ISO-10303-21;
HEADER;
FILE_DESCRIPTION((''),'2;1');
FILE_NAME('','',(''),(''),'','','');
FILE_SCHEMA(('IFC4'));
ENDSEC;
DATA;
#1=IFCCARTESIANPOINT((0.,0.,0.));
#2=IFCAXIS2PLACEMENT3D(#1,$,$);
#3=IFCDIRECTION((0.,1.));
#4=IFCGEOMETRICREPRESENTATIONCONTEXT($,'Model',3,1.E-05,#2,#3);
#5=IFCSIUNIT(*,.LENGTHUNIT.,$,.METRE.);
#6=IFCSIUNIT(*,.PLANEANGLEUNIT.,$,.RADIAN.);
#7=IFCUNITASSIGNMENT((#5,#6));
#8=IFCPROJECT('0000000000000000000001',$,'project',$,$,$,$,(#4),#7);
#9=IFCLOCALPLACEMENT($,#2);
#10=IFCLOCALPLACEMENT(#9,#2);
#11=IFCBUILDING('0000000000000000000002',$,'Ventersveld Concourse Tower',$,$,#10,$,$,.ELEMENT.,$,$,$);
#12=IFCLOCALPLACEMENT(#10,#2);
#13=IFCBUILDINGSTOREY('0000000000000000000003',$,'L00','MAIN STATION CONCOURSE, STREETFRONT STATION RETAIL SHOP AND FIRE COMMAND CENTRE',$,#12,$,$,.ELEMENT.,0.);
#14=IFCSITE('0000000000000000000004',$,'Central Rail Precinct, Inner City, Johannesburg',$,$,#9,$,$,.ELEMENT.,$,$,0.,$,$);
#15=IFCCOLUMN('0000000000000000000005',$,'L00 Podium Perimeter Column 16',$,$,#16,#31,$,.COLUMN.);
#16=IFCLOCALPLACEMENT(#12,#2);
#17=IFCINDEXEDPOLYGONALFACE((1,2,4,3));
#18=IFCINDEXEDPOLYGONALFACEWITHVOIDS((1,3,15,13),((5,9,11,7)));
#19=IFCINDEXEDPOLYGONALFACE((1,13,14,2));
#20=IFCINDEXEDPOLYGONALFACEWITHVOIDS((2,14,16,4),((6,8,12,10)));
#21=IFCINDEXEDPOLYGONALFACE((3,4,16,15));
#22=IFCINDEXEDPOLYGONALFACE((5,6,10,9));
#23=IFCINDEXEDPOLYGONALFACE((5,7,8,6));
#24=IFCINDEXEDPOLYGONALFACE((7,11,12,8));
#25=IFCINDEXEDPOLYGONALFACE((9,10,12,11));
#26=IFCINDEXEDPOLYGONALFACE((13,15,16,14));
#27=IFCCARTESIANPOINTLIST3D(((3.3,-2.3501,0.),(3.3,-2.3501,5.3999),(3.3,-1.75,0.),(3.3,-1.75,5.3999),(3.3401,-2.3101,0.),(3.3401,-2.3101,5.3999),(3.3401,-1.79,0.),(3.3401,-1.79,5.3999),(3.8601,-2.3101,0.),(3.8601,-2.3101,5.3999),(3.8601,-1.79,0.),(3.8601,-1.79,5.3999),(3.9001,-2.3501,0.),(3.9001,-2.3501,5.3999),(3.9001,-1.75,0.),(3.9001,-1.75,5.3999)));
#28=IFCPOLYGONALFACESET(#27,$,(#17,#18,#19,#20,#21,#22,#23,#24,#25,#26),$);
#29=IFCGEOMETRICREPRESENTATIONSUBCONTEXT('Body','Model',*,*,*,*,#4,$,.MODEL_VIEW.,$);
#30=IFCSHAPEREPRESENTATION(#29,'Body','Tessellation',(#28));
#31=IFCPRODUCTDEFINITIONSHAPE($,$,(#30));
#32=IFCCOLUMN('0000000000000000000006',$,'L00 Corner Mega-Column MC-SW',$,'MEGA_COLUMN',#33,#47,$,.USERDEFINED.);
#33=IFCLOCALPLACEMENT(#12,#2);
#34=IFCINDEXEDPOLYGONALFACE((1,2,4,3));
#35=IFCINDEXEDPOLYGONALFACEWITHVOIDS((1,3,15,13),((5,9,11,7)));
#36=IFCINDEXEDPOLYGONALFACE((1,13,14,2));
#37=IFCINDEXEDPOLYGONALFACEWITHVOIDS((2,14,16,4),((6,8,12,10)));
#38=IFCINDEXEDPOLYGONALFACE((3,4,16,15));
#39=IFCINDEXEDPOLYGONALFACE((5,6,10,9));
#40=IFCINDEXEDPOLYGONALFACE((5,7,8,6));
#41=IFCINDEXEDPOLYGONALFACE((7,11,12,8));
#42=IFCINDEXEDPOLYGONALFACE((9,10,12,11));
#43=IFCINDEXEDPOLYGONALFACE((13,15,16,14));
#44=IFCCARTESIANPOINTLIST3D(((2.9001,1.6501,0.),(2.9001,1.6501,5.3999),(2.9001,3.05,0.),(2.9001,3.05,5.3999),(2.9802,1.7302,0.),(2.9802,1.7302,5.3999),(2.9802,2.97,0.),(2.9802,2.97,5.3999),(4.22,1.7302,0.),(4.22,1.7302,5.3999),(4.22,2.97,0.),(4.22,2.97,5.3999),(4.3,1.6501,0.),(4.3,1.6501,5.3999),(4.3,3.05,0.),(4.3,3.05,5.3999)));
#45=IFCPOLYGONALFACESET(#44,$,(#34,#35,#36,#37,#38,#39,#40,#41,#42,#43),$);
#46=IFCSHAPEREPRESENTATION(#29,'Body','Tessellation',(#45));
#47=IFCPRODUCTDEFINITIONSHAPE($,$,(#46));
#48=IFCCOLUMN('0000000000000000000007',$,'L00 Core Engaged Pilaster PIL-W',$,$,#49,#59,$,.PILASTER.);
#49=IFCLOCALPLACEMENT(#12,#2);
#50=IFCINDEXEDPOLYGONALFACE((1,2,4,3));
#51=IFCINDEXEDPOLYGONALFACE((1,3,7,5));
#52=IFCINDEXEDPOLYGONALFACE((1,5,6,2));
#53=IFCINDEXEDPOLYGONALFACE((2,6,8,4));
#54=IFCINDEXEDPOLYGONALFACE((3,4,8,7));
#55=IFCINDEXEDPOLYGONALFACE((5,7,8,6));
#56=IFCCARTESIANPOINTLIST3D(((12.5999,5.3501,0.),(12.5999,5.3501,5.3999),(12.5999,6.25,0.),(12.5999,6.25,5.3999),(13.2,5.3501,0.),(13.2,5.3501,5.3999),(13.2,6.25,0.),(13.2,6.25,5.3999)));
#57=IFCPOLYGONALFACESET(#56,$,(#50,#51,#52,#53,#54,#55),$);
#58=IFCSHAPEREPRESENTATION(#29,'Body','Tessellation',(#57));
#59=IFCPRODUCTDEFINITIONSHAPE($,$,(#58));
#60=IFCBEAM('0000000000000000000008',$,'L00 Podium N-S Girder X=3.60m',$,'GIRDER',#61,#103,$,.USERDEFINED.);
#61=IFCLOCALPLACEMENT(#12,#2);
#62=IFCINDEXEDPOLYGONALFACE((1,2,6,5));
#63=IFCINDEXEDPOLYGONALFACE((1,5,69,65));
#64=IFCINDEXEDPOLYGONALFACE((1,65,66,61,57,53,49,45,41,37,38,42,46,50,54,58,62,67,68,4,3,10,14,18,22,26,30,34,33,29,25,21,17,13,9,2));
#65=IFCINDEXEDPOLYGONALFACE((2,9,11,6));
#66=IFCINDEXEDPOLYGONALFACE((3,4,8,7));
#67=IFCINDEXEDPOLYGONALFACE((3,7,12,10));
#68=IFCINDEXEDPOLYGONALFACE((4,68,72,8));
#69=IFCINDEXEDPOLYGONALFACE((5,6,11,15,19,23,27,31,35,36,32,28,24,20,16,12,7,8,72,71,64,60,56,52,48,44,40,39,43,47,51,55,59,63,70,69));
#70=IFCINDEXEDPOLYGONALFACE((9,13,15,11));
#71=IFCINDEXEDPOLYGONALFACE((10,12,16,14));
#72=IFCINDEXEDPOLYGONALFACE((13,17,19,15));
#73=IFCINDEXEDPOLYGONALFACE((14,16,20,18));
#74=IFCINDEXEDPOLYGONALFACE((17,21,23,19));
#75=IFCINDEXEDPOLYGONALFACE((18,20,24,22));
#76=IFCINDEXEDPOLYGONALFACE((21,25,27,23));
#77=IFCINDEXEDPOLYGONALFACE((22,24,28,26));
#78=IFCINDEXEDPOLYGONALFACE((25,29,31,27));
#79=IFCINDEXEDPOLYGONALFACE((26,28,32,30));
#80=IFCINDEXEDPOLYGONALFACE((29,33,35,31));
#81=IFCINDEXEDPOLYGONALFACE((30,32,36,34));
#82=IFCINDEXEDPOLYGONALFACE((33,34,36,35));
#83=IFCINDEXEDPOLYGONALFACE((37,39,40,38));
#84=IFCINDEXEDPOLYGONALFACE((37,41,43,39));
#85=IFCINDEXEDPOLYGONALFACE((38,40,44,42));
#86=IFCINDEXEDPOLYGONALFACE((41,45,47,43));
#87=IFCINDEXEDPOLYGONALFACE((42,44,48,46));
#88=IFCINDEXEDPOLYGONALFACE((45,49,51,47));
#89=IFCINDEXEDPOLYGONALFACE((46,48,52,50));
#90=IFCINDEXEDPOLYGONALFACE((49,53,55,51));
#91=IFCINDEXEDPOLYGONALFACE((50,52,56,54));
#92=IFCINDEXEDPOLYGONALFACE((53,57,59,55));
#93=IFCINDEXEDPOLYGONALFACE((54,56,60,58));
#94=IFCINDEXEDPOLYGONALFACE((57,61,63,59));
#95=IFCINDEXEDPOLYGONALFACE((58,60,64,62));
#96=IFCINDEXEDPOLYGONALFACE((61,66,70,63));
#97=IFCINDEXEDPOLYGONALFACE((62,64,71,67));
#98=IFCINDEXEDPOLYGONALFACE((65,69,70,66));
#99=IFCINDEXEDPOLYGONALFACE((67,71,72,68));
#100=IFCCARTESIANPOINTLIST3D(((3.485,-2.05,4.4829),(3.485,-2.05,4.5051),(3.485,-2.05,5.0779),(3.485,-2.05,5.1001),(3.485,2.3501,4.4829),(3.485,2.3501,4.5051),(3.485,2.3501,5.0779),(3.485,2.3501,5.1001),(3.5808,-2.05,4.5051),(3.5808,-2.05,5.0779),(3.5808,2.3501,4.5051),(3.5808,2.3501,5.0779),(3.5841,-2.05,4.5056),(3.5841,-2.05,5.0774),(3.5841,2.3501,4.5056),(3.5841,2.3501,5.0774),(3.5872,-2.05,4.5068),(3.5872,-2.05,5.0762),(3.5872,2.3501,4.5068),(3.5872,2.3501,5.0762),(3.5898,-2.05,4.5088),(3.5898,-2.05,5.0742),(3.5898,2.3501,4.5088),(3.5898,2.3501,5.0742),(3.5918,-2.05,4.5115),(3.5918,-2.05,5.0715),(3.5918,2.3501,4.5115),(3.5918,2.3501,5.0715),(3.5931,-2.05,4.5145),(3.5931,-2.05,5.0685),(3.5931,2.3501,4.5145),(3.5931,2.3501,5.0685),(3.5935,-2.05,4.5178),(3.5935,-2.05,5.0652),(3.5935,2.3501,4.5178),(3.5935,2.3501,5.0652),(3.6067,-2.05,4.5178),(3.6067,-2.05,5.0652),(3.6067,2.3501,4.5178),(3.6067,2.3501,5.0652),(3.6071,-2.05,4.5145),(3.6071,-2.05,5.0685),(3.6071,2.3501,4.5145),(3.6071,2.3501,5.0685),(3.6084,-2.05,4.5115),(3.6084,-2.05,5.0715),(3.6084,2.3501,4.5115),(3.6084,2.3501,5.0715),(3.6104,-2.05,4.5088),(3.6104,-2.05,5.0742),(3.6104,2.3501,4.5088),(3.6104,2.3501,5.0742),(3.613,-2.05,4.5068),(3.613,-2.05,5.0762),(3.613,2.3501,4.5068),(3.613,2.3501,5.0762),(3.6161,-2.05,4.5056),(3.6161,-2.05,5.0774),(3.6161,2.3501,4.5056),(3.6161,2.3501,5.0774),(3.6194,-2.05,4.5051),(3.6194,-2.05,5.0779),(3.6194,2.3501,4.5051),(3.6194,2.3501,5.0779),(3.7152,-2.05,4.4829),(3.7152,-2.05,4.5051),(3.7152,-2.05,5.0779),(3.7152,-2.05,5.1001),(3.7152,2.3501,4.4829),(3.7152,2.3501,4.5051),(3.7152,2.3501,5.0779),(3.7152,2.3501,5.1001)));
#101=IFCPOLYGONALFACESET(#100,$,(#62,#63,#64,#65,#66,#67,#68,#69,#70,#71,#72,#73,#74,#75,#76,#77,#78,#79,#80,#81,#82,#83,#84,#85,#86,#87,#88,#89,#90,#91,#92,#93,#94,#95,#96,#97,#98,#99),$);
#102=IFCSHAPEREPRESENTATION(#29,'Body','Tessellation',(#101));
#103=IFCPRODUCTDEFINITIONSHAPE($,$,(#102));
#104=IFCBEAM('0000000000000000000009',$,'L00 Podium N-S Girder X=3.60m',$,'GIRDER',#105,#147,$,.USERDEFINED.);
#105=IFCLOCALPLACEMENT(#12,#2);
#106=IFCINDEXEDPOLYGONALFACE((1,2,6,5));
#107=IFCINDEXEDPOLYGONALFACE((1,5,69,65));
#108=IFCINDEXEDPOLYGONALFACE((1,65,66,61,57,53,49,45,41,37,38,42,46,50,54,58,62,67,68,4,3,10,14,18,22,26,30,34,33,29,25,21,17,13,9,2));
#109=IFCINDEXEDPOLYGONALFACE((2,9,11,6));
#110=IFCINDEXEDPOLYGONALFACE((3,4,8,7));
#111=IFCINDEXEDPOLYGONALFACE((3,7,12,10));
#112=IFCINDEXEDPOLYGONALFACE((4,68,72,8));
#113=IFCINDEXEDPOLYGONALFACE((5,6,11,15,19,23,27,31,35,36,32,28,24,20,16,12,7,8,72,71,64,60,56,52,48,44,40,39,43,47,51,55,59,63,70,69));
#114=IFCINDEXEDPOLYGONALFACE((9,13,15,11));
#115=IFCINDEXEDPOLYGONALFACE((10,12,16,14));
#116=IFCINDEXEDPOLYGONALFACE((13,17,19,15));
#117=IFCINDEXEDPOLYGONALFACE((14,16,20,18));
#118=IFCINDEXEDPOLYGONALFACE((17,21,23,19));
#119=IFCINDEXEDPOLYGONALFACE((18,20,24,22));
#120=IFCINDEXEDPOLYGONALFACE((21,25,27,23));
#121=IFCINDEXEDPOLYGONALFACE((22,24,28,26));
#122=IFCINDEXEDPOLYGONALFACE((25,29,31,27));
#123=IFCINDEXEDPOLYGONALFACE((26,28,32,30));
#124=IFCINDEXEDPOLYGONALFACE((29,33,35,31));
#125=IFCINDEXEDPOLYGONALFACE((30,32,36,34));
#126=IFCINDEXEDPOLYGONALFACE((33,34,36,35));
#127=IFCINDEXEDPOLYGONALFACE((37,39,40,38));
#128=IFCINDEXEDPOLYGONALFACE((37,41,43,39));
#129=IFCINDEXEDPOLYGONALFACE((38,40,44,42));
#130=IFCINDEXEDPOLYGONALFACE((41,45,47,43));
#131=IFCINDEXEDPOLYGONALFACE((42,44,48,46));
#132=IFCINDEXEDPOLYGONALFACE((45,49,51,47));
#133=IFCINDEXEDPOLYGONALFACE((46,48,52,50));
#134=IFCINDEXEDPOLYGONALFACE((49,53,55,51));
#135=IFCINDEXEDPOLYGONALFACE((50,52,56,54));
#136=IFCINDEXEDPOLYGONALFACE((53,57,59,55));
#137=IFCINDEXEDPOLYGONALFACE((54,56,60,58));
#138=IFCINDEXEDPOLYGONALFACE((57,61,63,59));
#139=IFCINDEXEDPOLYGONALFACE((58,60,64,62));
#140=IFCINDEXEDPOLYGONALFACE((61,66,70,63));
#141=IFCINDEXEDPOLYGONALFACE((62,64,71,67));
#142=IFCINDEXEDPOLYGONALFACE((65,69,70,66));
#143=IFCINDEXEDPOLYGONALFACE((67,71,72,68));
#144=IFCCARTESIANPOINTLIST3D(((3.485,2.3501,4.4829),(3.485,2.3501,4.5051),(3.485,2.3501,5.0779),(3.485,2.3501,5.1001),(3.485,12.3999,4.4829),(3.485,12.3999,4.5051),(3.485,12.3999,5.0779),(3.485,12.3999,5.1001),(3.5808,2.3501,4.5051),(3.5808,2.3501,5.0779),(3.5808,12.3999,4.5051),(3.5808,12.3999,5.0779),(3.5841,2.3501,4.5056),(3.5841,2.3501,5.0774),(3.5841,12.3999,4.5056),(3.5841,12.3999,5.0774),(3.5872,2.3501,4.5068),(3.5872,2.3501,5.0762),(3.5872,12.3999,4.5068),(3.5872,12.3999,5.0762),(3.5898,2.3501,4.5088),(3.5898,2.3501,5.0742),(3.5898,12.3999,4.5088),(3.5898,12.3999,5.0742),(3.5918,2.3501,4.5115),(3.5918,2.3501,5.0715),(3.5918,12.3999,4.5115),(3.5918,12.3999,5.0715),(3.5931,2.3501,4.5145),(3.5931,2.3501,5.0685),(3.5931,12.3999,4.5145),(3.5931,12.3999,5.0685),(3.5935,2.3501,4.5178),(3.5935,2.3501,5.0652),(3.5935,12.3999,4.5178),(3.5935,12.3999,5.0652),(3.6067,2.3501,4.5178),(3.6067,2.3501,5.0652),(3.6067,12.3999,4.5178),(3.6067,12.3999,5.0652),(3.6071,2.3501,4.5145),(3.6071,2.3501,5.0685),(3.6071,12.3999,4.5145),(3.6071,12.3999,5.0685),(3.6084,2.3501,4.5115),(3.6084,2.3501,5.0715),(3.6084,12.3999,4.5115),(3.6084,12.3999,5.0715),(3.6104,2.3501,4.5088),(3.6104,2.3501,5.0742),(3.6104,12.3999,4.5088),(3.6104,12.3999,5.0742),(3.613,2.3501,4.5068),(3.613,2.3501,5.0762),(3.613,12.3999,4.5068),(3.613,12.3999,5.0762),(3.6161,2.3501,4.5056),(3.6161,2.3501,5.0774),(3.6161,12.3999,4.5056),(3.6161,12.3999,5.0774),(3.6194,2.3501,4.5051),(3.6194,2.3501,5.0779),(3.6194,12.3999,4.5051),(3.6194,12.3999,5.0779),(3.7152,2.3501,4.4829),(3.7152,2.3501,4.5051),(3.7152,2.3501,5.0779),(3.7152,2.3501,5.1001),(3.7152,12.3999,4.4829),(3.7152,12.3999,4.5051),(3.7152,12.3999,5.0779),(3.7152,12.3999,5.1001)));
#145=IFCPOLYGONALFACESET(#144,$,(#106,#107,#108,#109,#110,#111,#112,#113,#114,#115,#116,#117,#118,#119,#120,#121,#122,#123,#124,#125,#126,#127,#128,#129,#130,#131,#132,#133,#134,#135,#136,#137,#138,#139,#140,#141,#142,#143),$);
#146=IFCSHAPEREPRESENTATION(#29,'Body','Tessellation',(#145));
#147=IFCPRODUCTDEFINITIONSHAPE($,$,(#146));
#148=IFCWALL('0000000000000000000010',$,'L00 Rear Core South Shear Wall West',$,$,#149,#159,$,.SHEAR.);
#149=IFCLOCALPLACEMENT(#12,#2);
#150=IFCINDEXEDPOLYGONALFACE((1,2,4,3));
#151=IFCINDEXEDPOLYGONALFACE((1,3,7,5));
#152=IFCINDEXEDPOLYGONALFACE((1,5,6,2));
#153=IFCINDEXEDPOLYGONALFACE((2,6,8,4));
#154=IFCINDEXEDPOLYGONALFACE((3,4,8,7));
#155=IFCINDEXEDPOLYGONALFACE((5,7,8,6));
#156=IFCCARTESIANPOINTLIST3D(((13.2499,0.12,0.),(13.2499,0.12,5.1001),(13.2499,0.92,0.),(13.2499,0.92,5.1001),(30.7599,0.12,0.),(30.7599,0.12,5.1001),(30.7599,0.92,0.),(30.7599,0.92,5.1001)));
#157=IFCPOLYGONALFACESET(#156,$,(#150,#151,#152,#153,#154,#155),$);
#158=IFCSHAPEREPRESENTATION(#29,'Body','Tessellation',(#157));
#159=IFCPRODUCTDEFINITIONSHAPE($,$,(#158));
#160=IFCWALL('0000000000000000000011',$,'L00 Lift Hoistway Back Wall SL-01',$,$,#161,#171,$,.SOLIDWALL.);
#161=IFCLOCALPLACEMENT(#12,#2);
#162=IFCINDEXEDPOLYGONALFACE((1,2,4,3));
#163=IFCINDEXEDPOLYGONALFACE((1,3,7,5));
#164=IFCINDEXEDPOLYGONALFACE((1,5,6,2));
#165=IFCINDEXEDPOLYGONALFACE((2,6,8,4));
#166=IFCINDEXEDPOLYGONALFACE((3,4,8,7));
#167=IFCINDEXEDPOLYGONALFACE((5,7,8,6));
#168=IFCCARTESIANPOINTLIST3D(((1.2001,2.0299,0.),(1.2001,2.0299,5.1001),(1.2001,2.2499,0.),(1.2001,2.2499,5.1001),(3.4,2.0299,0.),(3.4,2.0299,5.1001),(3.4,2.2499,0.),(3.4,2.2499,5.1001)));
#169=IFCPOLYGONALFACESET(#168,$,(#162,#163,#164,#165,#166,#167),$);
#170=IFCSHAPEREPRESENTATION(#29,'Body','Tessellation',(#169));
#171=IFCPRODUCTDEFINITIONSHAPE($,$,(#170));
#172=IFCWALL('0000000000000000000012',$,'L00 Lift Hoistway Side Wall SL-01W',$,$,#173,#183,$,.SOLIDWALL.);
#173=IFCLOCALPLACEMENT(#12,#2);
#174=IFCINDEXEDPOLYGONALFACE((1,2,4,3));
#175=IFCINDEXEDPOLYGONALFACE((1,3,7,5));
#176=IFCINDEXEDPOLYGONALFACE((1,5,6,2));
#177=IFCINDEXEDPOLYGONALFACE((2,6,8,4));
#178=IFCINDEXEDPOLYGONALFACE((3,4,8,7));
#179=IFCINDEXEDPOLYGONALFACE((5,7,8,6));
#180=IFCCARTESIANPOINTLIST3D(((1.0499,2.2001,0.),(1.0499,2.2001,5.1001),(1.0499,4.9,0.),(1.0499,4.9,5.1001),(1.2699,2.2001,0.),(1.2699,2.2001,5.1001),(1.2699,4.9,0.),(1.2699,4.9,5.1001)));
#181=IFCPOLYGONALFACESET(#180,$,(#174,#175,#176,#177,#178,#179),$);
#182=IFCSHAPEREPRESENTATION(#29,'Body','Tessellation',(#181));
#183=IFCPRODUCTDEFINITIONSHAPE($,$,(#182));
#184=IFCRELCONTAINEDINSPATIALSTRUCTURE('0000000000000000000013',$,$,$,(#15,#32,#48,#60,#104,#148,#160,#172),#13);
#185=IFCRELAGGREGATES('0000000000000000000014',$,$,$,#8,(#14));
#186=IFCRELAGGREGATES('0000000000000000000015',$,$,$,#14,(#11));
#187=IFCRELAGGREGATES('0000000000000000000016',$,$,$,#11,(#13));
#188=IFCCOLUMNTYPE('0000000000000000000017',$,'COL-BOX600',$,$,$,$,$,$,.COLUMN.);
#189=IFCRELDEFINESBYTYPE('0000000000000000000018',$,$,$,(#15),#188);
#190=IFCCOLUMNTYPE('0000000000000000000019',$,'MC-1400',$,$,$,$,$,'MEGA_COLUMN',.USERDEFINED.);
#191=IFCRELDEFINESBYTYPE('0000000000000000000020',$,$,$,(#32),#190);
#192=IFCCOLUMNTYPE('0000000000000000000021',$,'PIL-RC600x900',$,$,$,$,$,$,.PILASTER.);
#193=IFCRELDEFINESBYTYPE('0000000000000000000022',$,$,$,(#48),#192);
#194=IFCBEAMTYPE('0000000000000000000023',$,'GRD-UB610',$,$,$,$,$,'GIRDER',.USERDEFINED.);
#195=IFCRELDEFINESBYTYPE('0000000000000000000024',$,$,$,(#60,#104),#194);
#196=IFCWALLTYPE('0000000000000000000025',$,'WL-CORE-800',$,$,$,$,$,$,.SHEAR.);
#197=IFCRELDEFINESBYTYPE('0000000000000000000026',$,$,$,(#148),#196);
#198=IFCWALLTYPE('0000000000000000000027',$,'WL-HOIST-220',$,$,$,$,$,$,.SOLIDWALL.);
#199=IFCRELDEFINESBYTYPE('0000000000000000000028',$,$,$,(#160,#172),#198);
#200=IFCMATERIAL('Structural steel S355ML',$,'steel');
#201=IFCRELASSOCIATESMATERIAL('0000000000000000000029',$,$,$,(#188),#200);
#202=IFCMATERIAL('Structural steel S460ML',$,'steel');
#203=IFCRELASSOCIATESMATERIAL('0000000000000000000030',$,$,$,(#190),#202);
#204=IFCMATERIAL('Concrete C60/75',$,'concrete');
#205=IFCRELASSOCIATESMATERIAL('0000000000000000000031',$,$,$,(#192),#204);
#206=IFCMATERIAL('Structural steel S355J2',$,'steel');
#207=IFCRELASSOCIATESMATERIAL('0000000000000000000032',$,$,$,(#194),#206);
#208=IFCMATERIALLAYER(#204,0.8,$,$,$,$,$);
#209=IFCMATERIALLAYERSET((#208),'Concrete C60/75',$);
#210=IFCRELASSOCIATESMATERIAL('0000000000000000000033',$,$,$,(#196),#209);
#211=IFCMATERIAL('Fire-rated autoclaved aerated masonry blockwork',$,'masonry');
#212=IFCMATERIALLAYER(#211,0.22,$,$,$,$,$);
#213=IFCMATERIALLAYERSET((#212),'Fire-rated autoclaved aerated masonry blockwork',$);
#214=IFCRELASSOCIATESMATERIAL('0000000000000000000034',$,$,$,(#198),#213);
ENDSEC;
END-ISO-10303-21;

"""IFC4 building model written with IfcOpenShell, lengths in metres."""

from ifc_helpers import new_model, si_unit, direction, frame, frame_2d, origin, origin_2d, place, context, subcontext, project, spatial, rectangle, hollow_rectangle, i_section, extrude, material, layer, layer_set, material_profile, profile_set, type_object, element, save


model = new_model("IFC4")

# Units and contexts
model_context = context("Model", 3, precision=1e-05, world=origin(), true_north=direction((0.0, 1.0)))
body_context = subcontext(model_context, "Body", "Model", "MODEL_VIEW")
ifc_project = project(units=[si_unit("LENGTHUNIT", "METRE"), si_unit("PLANEANGLEUNIT", "RADIAN")], contexts=[model_context])

# Site, building, storey
site_placement = place(None, origin())
site = spatial("IfcSite", under=ifc_project, at=site_placement, Name="Central Rail Precinct, Inner City, Johannesburg", CompositionType="ELEMENT", RefElevation=0.0)
building_placement = place(site_placement, origin())
building = spatial("IfcBuilding", under=site, at=building_placement, Name="Ventersveld Concourse Tower", CompositionType="ELEMENT")
storey_placement = place(building_placement, origin())
storey = spatial("IfcBuildingStorey", under=building, at=storey_placement, Name="L00", Description="MAIN STATION CONCOURSE, STREETFRONT STATION RETAIL SHOP AND FIRE COMMAND CENTRE", CompositionType="ELEMENT", Elevation=0.0)

# Columns
ifc_material_1 = material(Name="Structural steel S355ML", Category="steel")
ifc_material_profile_1 = material_profile(ifc_material_1, hollow_rectangle(XDim=0.6001, YDim=0.6001, WallThickness=0.04, at=origin_2d()), Name="BOX 600x600x40")
ifc_profile_set_1 = profile_set([ifc_material_profile_1], Name="Structural steel S355ML")
column_type_1 = type_object("IfcColumnType", Name="COL-BOX600", PredefinedType="COLUMN", material=ifc_profile_set_1)
column_1_placement = place(storey_placement, frame((3.6001, -2.05, 0.0), z_axis=(0.0, 0.0, 1.0), x_axis=(1.0, 0.0, 0.0)))
element("IfcColumn", 1, at=column_1_placement, inside=storey, type_object=column_type_1, Name="L00 Podium Perimeter Column 16", PredefinedType="COLUMN", context=body_context, shape_type="SweptSolid", body=[
    extrude(hollow_rectangle(XDim=0.6001, YDim=0.6001, WallThickness=0.04, at=origin_2d()), origin(), (0.0, 0.0, 1.0), 5.3999),
])
ifc_material_2 = material(Name="Structural steel S460ML", Category="steel")
ifc_material_profile_2 = material_profile(ifc_material_2, hollow_rectangle(XDim=1.3999, YDim=1.3999, WallThickness=0.0801, at=origin_2d()), Name="BOX 1400x1400x80")
ifc_profile_set_2 = profile_set([ifc_material_profile_2], Name="Structural steel S460ML")
column_type_2 = type_object("IfcColumnType", Name="MC-1400", ElementType="MEGA_COLUMN", PredefinedType="USERDEFINED", material=ifc_profile_set_2)
column_2_placement = place(storey_placement, frame((3.6001, 2.3501, 0.0), z_axis=(0.0, 0.0, 1.0), x_axis=(1.0, 0.0, 0.0)))
element("IfcColumn", 2, at=column_2_placement, inside=storey, type_object=column_type_2, Name="L00 Corner Mega-Column MC-SW", ObjectType="MEGA_COLUMN", PredefinedType="USERDEFINED", context=body_context, shape_type="SweptSolid", body=[
    extrude(hollow_rectangle(XDim=1.3999, YDim=1.3999, WallThickness=0.0801, at=origin_2d()), origin(), (0.0, 0.0, 1.0), 5.3999),
])
ifc_material_3 = material(Name="Concrete C60/75", Category="concrete")
ifc_material_profile_3 = material_profile(ifc_material_3, rectangle(XDim=0.6001, YDim=0.8999, at=origin_2d()), Name="RC 600x900")
ifc_profile_set_3 = profile_set([ifc_material_profile_3], Name="Concrete C60/75")
column_type_3 = type_object("IfcColumnType", Name="PIL-RC600x900", PredefinedType="PILASTER", material=ifc_profile_set_3)
column_3_placement = place(storey_placement, frame((12.8999, 5.8, 0.0), z_axis=(0.0, 0.0, 1.0), x_axis=(1.0, 0.0, 0.0)))
element("IfcColumn", 3, at=column_3_placement, inside=storey, type_object=column_type_3, Name="L00 Core Engaged Pilaster PIL-W", PredefinedType="PILASTER", context=body_context, shape_type="SweptSolid", body=[
    extrude(rectangle(XDim=0.6001, YDim=0.8999, at=origin_2d()), origin(), (0.0, 0.0, 1.0), 5.3999),
])

# Beams
ifc_material_4 = material(Name="Structural steel S355J2", Category="steel")
ifc_material_profile_4 = material_profile(ifc_material_4, i_section(OverallWidth=0.2302, OverallDepth=0.6172, WebThickness=0.0132, FlangeThickness=0.0222, FilletRadius=0.0127, at=origin_2d()), Name="UB 610x229x140")
ifc_profile_set_4 = profile_set([ifc_material_profile_4], Name="Structural steel S355J2")
beam_type = type_object("IfcBeamType", Name="GRD-UB610", ElementType="GIRDER", PredefinedType="USERDEFINED", material=ifc_profile_set_4)
beam_1_placement = place(storey_placement, frame((3.6001, -2.05, 4.7915), z_axis=(0.0, 1.0, 0.0), x_axis=(-1.0, 0.0, 0.0)))
element("IfcBeam", 4, at=beam_1_placement, inside=storey, type_object=beam_type, Name="L00 Podium N-S Girder X=3.60m", ObjectType="GIRDER", PredefinedType="USERDEFINED", context=body_context, shape_type="SweptSolid", body=[
    extrude(i_section(OverallWidth=0.2302, OverallDepth=0.6172, WebThickness=0.0132, FlangeThickness=0.0222, FilletRadius=0.0127, at=origin_2d()), origin(), (0.0, 0.0, 1.0), 4.4001),
])
beam_2_placement = place(storey_placement, frame((3.6001, 2.3501, 4.7915), z_axis=(0.0, 1.0, 0.0), x_axis=(-1.0, 0.0, 0.0)))
element("IfcBeam", 5, at=beam_2_placement, inside=storey, type_object=beam_type, Name="L00 Podium N-S Girder X=3.60m", ObjectType="GIRDER", PredefinedType="USERDEFINED", context=body_context, shape_type="SweptSolid", body=[
    extrude(i_section(OverallWidth=0.2302, OverallDepth=0.6172, WebThickness=0.0132, FlangeThickness=0.0222, FilletRadius=0.0127, at=origin_2d()), origin(), (0.0, 0.0, 1.0), 10.0498),
])

# Walls
ifc_layer_1 = layer(ifc_material_3, 0.8)
ifc_layer_set_1 = layer_set([ifc_layer_1], Name="Concrete C60/75")
wall_type_1 = type_object("IfcWallType", Name="WL-CORE-800", PredefinedType="SHEAR", material=ifc_layer_set_1)
wall_1_placement = place(storey_placement, frame((13.25, 0.52, 0.0), z_axis=(0.0, 0.0, 1.0), x_axis=(1.0, 0.0, 0.0)))
element("IfcWall", 6, at=wall_1_placement, inside=storey, type_object=wall_type_1, Name="L00 Rear Core South Shear Wall West", PredefinedType="SHEAR", context=body_context, shape_type="SweptSolid", body=[
    extrude(rectangle(XDim=17.51, YDim=0.8, at=frame_2d((8.7549, 0.0))), origin(), (0.0, 0.0, 1.0), 5.1001),
])
ifc_material_5 = material(Name="Fire-rated autoclaved aerated masonry blockwork", Category="masonry")
ifc_layer_2 = layer(ifc_material_5, 0.22)
ifc_layer_set_2 = layer_set([ifc_layer_2], Name="Fire-rated autoclaved aerated masonry blockwork")
wall_type_2 = type_object("IfcWallType", Name="WL-HOIST-220", PredefinedType="SOLIDWALL", material=ifc_layer_set_2)
wall_2_placement = place(storey_placement, frame((1.2, 2.1399, 0.0), z_axis=(0.0, 0.0, 1.0), x_axis=(1.0, 0.0, 0.0)))
element("IfcWall", 7, at=wall_2_placement, inside=storey, type_object=wall_type_2, Name="L00 Lift Hoistway Back Wall SL-01", PredefinedType="SOLIDWALL", context=body_context, shape_type="SweptSolid", body=[
    extrude(rectangle(XDim=2.2, YDim=0.22, at=frame_2d((1.1001, 0.0))), origin(), (0.0, 0.0, 1.0), 5.1001),
])
wall_3_placement = place(storey_placement, frame((1.1599, 2.2, 0.0), z_axis=(0.0, 0.0, 1.0), x_axis=(0.0, 1.0, 0.0)))
element("IfcWall", 8, at=wall_3_placement, inside=storey, type_object=wall_type_2, Name="L00 Lift Hoistway Side Wall SL-01W", PredefinedType="SOLIDWALL", context=body_context, shape_type="SweptSolid", body=[
    extrude(rectangle(XDim=2.7, YDim=0.22, at=frame_2d((1.3501, 0.0))), origin(), (0.0, 0.0, 1.0), 5.1001),
])

save(model, "model.ifc")
